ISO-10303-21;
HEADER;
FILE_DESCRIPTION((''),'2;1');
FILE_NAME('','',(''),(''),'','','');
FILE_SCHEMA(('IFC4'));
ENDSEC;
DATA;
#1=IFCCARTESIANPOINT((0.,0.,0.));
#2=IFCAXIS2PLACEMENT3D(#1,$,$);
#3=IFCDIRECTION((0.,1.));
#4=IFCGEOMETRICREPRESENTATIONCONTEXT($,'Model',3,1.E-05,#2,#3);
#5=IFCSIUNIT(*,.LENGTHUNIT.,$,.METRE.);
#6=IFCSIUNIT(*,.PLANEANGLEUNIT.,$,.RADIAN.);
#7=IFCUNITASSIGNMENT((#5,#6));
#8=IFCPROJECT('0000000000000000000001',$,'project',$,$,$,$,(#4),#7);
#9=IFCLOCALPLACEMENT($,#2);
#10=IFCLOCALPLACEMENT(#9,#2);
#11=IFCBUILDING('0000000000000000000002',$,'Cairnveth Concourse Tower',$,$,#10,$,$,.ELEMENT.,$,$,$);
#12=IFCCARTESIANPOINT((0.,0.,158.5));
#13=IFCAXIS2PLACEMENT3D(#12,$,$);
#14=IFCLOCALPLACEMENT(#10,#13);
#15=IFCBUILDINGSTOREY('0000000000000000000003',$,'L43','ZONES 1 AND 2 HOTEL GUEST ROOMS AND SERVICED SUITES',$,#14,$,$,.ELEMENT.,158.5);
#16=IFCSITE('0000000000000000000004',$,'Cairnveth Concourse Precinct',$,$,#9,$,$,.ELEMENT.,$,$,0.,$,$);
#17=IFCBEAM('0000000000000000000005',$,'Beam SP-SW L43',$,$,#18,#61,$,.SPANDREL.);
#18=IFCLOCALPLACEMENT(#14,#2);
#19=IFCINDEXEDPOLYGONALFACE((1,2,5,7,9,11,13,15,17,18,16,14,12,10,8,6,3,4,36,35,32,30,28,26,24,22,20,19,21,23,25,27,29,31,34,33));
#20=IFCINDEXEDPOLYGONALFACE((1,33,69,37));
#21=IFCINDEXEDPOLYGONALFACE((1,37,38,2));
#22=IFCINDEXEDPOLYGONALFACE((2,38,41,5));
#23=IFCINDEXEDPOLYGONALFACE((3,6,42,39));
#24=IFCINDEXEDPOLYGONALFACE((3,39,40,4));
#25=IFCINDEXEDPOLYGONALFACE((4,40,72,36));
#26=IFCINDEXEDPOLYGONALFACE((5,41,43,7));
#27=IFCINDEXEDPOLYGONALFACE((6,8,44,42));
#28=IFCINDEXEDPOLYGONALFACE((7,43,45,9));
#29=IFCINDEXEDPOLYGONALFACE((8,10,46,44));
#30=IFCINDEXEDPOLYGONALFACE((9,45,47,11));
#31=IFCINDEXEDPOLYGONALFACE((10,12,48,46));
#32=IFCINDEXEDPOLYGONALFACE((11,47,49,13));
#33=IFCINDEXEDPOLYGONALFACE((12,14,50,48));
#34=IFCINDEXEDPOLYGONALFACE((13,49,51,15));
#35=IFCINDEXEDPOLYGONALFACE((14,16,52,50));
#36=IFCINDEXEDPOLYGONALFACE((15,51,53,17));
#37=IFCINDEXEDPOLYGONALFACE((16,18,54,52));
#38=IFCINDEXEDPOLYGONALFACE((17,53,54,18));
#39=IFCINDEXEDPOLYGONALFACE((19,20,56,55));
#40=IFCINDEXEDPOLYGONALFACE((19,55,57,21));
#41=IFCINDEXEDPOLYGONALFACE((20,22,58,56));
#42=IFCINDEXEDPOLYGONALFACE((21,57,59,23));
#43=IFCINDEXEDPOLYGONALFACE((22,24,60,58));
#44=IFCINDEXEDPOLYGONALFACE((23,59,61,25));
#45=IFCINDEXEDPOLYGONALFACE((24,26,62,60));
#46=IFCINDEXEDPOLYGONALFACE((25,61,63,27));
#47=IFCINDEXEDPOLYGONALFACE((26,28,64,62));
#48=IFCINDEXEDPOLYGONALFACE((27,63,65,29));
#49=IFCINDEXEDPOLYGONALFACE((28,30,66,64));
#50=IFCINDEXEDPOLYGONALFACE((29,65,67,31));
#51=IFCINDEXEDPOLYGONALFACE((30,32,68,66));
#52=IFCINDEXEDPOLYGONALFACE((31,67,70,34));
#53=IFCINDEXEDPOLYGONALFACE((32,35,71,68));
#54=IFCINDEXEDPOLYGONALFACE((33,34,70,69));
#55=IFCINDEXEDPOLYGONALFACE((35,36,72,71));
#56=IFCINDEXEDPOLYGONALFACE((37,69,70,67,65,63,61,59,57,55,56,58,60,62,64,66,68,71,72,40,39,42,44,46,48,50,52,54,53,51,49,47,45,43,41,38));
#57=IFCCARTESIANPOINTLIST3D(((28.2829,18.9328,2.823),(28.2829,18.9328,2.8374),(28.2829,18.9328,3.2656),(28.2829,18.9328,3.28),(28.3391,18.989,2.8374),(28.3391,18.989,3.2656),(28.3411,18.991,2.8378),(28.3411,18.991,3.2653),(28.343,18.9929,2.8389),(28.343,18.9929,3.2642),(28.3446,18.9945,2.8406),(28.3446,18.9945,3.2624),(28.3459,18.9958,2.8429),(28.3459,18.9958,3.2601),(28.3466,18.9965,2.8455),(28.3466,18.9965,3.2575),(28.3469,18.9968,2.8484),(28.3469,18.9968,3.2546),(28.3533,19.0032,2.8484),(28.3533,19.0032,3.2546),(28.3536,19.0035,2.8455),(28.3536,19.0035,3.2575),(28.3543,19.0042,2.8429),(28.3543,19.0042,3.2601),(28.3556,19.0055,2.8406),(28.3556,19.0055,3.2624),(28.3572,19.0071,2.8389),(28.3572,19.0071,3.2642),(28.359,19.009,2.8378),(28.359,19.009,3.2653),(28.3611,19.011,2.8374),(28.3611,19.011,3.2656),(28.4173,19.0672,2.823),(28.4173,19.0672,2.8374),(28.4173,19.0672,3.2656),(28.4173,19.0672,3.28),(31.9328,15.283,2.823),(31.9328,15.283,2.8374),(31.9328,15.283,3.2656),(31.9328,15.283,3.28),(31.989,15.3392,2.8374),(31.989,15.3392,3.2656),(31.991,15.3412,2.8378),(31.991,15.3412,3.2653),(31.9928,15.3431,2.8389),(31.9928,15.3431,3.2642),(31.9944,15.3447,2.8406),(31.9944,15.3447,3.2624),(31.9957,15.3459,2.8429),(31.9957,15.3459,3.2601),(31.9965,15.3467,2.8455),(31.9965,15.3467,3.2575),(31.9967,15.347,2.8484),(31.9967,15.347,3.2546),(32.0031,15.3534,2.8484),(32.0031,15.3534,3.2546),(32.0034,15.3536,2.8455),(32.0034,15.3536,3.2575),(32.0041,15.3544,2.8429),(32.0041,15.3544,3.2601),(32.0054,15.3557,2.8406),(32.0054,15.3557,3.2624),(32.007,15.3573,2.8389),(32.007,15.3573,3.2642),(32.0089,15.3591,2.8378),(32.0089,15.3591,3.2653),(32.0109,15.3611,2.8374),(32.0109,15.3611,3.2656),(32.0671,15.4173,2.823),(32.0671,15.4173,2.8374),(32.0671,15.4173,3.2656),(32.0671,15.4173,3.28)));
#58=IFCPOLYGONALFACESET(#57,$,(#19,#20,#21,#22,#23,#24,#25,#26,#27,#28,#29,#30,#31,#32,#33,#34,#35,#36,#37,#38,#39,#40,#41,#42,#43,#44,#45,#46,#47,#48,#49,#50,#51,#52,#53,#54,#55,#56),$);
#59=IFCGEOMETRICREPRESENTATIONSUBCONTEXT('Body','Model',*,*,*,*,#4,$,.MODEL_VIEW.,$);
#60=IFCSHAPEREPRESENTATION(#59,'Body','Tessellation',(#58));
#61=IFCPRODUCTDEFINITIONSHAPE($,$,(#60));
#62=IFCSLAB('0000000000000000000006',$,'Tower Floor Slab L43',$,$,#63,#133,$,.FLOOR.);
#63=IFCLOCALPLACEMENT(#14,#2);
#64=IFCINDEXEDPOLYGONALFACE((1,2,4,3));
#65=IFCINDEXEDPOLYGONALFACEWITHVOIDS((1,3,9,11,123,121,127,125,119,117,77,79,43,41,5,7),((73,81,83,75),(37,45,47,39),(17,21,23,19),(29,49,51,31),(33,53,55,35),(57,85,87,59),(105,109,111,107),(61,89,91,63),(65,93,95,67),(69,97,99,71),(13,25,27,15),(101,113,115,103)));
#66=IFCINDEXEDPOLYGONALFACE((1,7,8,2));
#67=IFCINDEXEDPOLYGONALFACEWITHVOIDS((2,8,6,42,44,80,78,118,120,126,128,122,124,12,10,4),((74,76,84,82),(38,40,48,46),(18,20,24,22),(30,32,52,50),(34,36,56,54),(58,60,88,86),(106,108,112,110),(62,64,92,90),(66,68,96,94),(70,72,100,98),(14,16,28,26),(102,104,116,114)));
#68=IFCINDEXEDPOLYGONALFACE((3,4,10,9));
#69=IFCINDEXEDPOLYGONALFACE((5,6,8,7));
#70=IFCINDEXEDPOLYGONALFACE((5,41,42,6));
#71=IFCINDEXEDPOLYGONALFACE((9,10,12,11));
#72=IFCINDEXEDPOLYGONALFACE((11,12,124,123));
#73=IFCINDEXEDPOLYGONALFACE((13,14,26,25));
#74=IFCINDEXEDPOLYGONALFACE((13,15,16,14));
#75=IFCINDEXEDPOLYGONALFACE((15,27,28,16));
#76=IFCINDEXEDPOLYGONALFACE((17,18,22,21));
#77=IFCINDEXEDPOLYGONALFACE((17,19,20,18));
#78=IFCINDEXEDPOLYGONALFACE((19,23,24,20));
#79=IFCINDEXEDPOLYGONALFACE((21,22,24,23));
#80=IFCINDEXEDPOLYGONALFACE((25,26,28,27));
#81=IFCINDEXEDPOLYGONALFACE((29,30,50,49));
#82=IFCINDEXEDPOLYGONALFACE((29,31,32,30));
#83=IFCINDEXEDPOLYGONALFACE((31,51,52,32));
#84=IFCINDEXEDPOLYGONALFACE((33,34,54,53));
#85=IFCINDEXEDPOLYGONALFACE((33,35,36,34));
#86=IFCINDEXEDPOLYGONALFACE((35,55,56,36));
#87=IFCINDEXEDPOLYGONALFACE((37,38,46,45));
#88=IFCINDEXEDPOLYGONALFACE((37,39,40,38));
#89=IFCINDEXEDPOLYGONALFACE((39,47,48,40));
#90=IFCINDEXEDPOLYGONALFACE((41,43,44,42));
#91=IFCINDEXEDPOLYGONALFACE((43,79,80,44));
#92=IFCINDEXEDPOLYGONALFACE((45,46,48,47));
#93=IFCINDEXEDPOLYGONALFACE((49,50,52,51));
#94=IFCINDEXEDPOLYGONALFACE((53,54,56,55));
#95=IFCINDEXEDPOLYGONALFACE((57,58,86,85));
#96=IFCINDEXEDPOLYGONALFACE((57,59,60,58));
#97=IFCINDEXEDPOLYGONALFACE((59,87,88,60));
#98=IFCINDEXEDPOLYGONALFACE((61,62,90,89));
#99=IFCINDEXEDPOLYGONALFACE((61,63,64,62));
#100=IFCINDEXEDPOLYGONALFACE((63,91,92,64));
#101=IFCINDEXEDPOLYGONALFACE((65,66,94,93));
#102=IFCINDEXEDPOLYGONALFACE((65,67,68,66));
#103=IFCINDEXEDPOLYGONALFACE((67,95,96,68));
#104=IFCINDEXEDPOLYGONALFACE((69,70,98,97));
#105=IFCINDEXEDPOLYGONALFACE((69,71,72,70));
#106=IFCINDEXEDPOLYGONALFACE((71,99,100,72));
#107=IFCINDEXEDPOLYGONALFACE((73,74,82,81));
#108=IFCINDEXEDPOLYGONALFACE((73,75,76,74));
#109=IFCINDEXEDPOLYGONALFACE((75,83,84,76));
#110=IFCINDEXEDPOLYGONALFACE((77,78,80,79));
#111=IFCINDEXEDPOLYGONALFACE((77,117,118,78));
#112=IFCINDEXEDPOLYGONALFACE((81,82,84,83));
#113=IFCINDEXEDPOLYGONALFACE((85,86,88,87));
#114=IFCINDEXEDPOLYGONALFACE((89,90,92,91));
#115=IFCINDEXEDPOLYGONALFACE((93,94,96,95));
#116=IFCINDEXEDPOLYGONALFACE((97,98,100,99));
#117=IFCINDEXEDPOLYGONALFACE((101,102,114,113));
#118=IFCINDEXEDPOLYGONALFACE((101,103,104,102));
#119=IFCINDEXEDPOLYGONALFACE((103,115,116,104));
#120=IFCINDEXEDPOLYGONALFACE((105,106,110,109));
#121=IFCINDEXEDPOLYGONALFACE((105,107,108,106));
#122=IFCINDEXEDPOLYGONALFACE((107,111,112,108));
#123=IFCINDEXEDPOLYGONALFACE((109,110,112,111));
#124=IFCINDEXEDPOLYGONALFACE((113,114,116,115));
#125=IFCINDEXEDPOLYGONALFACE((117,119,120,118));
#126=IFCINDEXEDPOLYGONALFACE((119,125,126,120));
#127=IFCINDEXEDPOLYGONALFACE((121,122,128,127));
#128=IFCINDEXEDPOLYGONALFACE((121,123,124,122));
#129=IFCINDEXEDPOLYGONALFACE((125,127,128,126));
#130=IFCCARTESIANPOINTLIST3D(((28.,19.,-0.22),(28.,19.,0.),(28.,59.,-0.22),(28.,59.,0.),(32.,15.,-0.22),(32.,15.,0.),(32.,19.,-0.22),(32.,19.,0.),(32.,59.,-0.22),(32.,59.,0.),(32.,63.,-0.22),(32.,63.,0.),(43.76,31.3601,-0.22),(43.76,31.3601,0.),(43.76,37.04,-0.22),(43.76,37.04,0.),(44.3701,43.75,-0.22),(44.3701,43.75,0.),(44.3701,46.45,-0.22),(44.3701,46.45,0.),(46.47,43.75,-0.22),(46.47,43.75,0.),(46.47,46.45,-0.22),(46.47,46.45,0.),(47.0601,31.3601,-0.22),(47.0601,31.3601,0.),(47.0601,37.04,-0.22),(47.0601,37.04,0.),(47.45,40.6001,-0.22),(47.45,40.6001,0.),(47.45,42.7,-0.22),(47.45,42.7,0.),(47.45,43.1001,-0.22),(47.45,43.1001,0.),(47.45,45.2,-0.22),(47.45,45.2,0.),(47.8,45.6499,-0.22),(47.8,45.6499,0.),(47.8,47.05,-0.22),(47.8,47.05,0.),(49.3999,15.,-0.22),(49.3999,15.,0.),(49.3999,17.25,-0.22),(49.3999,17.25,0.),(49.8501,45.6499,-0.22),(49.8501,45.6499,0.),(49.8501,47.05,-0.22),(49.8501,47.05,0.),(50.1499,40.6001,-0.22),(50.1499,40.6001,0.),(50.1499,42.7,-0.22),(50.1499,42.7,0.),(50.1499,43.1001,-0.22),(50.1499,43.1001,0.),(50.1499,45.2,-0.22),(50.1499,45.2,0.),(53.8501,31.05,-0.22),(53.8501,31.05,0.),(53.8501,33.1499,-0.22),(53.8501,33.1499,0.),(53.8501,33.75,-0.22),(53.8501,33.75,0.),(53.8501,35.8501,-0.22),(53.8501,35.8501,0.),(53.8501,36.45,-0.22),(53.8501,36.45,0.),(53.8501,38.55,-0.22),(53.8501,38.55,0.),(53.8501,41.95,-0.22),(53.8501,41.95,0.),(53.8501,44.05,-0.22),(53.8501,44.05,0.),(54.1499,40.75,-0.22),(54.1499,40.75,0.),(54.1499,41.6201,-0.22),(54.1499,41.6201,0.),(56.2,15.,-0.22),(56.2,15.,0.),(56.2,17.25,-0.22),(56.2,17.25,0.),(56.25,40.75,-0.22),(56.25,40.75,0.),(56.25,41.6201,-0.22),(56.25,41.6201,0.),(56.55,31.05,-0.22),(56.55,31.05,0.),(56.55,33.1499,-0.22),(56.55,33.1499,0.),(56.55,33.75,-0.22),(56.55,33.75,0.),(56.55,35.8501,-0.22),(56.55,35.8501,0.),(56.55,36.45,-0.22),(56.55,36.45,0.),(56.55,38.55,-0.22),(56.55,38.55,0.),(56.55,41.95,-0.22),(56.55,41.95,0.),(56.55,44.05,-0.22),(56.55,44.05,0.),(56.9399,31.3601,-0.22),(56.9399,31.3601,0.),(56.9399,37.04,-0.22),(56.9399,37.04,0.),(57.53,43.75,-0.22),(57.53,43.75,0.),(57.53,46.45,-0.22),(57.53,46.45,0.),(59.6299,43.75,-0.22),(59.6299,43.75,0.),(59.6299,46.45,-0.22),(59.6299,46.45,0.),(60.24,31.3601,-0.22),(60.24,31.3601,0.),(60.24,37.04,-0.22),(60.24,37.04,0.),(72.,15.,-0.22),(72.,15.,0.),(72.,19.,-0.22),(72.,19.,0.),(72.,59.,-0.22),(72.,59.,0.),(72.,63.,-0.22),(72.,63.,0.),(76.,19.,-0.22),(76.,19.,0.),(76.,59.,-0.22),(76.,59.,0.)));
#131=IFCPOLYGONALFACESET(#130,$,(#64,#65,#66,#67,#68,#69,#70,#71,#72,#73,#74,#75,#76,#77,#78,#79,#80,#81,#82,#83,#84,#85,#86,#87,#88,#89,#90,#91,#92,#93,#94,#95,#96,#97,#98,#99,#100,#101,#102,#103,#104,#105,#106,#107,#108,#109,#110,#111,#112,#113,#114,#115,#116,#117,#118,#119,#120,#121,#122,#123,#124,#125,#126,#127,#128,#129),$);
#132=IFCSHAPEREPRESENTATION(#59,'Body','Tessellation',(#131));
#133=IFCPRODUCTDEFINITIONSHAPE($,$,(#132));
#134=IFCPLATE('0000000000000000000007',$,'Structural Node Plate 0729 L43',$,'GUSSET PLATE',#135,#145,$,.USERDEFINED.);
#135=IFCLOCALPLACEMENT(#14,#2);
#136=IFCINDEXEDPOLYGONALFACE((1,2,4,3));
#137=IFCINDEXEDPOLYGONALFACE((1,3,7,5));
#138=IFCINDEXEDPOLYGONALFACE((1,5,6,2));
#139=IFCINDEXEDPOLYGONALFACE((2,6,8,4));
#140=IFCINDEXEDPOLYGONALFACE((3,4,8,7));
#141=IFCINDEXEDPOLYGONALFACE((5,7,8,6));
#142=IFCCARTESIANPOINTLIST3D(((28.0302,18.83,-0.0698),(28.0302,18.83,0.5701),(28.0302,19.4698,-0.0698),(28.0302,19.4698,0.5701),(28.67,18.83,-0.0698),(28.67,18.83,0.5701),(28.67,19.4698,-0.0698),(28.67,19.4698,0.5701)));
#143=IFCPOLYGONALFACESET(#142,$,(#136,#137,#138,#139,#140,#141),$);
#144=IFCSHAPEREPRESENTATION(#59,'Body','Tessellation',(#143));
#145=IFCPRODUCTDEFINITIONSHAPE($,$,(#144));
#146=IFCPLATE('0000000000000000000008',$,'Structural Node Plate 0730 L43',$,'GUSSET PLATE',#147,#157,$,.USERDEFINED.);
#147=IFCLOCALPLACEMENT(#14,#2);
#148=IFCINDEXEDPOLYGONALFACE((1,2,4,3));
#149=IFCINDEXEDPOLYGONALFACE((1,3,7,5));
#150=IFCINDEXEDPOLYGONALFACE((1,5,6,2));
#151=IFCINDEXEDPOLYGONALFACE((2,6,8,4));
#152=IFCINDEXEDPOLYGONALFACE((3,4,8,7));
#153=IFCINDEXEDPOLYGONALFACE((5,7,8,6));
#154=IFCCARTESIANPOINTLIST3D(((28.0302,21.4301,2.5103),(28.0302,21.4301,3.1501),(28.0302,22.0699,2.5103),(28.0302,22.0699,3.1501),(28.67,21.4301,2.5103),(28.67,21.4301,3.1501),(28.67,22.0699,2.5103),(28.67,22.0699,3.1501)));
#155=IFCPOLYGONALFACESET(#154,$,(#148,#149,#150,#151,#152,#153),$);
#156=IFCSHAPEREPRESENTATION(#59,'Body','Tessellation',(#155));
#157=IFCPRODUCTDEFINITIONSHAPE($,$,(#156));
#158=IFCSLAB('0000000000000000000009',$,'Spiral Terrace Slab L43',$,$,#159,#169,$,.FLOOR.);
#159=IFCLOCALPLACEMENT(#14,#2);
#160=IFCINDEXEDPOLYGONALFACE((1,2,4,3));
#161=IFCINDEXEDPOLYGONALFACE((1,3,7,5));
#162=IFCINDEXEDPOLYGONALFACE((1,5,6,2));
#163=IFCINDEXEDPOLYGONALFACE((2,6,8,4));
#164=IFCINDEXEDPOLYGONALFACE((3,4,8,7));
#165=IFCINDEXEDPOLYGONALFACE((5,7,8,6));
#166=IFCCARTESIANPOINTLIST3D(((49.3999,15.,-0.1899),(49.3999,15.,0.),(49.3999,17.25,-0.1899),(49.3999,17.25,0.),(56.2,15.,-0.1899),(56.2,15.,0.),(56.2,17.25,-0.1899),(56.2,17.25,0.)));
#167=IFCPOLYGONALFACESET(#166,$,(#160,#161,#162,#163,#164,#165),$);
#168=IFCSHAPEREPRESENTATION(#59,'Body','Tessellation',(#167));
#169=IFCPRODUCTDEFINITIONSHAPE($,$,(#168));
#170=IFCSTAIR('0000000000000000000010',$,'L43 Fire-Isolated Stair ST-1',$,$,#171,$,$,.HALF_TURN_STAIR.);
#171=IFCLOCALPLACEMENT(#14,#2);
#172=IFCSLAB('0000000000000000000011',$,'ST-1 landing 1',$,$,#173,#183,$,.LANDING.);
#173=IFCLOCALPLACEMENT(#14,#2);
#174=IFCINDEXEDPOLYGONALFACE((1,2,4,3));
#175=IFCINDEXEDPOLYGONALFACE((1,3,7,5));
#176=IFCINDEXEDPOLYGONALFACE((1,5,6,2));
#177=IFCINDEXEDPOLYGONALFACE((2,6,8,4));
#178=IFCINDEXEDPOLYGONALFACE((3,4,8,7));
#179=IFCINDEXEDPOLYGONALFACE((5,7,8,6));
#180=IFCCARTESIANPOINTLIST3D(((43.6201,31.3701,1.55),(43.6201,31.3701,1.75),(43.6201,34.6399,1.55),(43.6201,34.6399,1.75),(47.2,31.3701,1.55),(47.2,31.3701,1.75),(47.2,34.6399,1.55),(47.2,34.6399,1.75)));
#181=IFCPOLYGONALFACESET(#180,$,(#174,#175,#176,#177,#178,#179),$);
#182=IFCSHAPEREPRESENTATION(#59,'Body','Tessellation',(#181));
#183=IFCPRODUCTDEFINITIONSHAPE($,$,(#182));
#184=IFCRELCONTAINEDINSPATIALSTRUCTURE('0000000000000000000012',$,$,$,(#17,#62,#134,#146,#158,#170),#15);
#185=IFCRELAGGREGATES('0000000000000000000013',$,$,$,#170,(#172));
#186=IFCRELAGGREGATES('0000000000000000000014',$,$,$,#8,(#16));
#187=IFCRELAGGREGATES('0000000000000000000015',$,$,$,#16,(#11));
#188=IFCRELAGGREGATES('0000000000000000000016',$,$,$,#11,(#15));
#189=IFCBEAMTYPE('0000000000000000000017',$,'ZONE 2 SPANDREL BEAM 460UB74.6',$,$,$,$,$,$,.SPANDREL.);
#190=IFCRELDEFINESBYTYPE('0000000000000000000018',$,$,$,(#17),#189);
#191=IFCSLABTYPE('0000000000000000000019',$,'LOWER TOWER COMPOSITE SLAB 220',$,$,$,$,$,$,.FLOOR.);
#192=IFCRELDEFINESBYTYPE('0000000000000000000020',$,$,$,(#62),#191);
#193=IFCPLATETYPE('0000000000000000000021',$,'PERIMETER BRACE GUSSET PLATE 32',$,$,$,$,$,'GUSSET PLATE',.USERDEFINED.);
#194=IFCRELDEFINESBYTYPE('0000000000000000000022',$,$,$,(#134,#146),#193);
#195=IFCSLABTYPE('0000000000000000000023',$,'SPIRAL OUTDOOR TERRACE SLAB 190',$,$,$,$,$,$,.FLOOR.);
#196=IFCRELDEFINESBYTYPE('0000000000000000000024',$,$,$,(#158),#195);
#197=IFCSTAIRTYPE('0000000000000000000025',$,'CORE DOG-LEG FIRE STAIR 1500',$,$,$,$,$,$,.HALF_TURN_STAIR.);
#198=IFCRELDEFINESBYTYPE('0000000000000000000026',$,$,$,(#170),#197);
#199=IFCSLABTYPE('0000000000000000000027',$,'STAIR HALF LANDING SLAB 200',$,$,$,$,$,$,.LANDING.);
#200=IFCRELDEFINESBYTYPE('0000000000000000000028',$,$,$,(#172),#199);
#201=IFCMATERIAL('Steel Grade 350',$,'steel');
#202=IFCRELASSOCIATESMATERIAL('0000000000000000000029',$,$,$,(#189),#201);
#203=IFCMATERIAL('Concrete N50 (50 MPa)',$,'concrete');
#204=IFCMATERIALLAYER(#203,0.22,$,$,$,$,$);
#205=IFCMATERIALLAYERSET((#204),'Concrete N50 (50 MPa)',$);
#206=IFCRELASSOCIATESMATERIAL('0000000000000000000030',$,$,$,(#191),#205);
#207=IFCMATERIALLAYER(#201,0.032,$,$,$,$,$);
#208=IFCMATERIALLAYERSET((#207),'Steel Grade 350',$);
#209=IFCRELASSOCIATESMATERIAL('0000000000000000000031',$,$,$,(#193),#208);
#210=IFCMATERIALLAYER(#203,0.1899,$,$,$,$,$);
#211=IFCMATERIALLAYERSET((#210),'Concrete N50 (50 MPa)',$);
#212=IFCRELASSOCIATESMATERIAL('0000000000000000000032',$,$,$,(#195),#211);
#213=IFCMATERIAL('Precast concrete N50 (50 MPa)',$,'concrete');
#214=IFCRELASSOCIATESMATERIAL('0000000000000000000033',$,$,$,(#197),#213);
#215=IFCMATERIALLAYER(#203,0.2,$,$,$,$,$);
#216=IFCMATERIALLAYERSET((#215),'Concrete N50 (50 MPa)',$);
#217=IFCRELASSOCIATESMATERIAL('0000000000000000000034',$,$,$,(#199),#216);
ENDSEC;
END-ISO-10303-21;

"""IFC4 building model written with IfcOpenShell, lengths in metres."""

from ifc_helpers import new_model, si_unit, direction, frame, origin, origin_2d, place, context, subcontext, project, spatial, polyline, rectangle, i_section, outline, extrude, material, layer, layer_set, material_profile, profile_set, type_object, element, aggregate, save


model = new_model("IFC4")

# Units and contexts
model_context = context("Model", 3, precision=1e-05, world=origin(), true_north=direction((0.0, 1.0)))
body_context = subcontext(model_context, "Body", "Model", "MODEL_VIEW")
ifc_project = project(units=[si_unit("LENGTHUNIT", "METRE"), si_unit("PLANEANGLEUNIT", "RADIAN")], contexts=[model_context])

# Site, building, storey
site_placement = place(None, origin())
site = spatial("IfcSite", under=ifc_project, at=site_placement, Name="Cairnveth Concourse Precinct", CompositionType="ELEMENT", RefElevation=0.0)
building_placement = place(site_placement, origin())
building = spatial("IfcBuilding", under=site, at=building_placement, Name="Cairnveth Concourse Tower", CompositionType="ELEMENT")
storey_placement = place(building_placement, frame((0.0, 0.0, 158.5)))
storey = spatial("IfcBuildingStorey", under=building, at=storey_placement, Name="L43", Description="ZONES 1 AND 2 HOTEL GUEST ROOMS AND SERVICED SUITES", CompositionType="ELEMENT", Elevation=158.5)

# Shared definitions
ifc_material_1 = material(Name="Steel Grade 350", Category="steel")

# Beam
ifc_material_profile_1 = material_profile(ifc_material_1, i_section(OverallWidth=0.1899, OverallDepth=0.457, WebThickness=0.009, FlangeThickness=0.0144, FilletRadius=0.011, at=origin_2d()), Name="460UB74.6")
ifc_profile_set_1 = profile_set([ifc_material_profile_1], Name="Steel Grade 350")
beam_type_1 = type_object("IfcBeamType", Name="ZONE 2 SPANDREL BEAM 460UB74.6", PredefinedType="SPANDREL", material=ifc_profile_set_1)
beam_1_placement = place(storey_placement, frame((28.3501, 19.0, 3.0515), z_axis=(0.707107, -0.707107, 0.0), x_axis=(0.707107, 0.707107, 0.0)))
element("IfcBeam", 1, at=beam_1_placement, inside=storey, type_object=beam_type_1, Name="Beam SP-SW L43", PredefinedType="SPANDREL", context=body_context, shape_type="SweptSolid", body=[
    extrude(i_section(OverallWidth=0.1899, OverallDepth=0.457, WebThickness=0.009, FlangeThickness=0.0144, FilletRadius=0.011, at=origin_2d()), origin(), (0.0, 0.0, 1.0), 5.1616),
])

# Slab
ifc_material_2 = material(Name="Concrete N50 (50 MPa)", Category="concrete")
ifc_layer_1 = layer(ifc_material_2, 0.22)
ifc_layer_set_1 = layer_set([ifc_layer_1], Name="Concrete N50 (50 MPa)")
slab_type_1 = type_object("IfcSlabType", Name="LOWER TOWER COMPOSITE SLAB 220", PredefinedType="FLOOR", material=ifc_layer_set_1)
slab_1_placement = place(storey_placement, frame((0.0, 0.0, -0.22)))
element("IfcSlab", 2, at=slab_1_placement, inside=storey, type_object=slab_type_1, Name="Tower Floor Slab L43", PredefinedType="FLOOR", context=body_context, shape_type="SweptSolid", body=[
    extrude(outline(polyline([(49.3999, 15.0), (49.3999, 17.25), (56.2, 17.25), (56.2, 15.0), (72.0, 15.0), (72.0, 19.0), (76.0, 19.0), (76.0, 59.0), (72.0, 59.0), (72.0, 63.0), (32.0, 63.0), (32.0, 59.0), (28.0, 59.0), (28.0, 19.0), (32.0, 19.0), (32.0, 15.0), (49.3999, 15.0)]), holes=[polyline([(43.76, 31.3601), (47.0601, 31.3601), (47.0601, 37.04), (43.76, 37.04), (43.76, 31.3601)]), polyline([(56.9399, 31.3601), (60.24, 31.3601), (60.24, 37.04), (56.9399, 37.04), (56.9399, 31.3601)]), polyline([(44.3701, 43.75), (46.47, 43.75), (46.47, 46.45), (44.3701, 46.45), (44.3701, 43.75)]), polyline([(57.53, 43.75), (59.6299, 43.75), (59.6299, 46.45), (57.53, 46.45), (57.53, 43.75)]), polyline([(53.8501, 31.05), (56.55, 31.05), (56.55, 33.1499), (53.8501, 33.1499), (53.8501, 31.05)]), polyline([(53.8501, 33.75), (56.55, 33.75), (56.55, 35.8501), (53.8501, 35.8501), (53.8501, 33.75)]), polyline([(53.8501, 36.45), (56.55, 36.45), (56.55, 38.55), (53.8501, 38.55), (53.8501, 36.45)]), polyline([(47.45, 40.6001), (50.1499, 40.6001), (50.1499, 42.7), (47.45, 42.7), (47.45, 40.6001)]), polyline([(47.45, 43.1001), (50.1499, 43.1001), (50.1499, 45.2), (47.45, 45.2), (47.45, 43.1001)]), polyline([(53.8501, 41.95), (56.55, 41.95), (56.55, 44.05), (53.8501, 44.05), (53.8501, 41.95)]), polyline([(47.8, 45.6499), (49.8501, 45.6499), (49.8501, 47.05), (47.8, 47.05), (47.8, 45.6499)]), polyline([(54.1499, 40.75), (56.25, 40.75), (56.25, 41.6201), (54.1499, 41.6201), (54.1499, 40.75)])]), origin(), (0.0, 0.0, 1.0), 0.22),
])

# Plates
ifc_layer_2 = layer(ifc_material_1, 0.032)
ifc_layer_set_2 = layer_set([ifc_layer_2], Name="Steel Grade 350")
plate_type = type_object("IfcPlateType", Name="PERIMETER BRACE GUSSET PLATE 32", ElementType="GUSSET PLATE", PredefinedType="USERDEFINED", material=ifc_layer_set_2)
for number, where, z_axis, x_axis, name in (
    (3, (28.3501, 19.1499, -0.0698), (0.0, 0.0, 1.0), (1.0, 0.0, 0.0), "Structural Node Plate 0729 L43"),
    (4, (28.3501, 21.75, 2.5103), (0.0, 0.0, 1.0), (1.0, 0.0, 0.0), "Structural Node Plate 0730 L43"),
):
    element("IfcPlate", number, at=place(storey_placement, frame(where, z_axis=z_axis, x_axis=x_axis)), inside=storey, type_object=plate_type, Name=name, ObjectType="GUSSET PLATE", PredefinedType="USERDEFINED", context=body_context, shape_type="SweptSolid", body=[
        extrude(rectangle(XDim=0.6399, YDim=0.6399, at=origin_2d()), origin(), (0.0, 0.0, 1.0), 0.6399),
    ])

# Slab
ifc_layer_3 = layer(ifc_material_2, 0.1899)
ifc_layer_set_3 = layer_set([ifc_layer_3], Name="Concrete N50 (50 MPa)")
slab_type_2 = type_object("IfcSlabType", Name="SPIRAL OUTDOOR TERRACE SLAB 190", PredefinedType="FLOOR", material=ifc_layer_set_3)
slab_2_placement = place(storey_placement, frame((0.0, 0.0, -0.1899)))
element("IfcSlab", 5, at=slab_2_placement, inside=storey, type_object=slab_type_2, Name="Spiral Terrace Slab L43", PredefinedType="FLOOR", context=body_context, shape_type="SweptSolid", body=[
    extrude(outline(polyline([(49.3999, 15.0), (56.2, 15.0), (56.2, 17.25), (49.3999, 17.25), (49.3999, 15.0)])), origin(), (0.0, 0.0, 1.0), 0.1899),
])

# Stair, slab
ifc_material_3 = material(Name="Precast concrete N50 (50 MPa)", Category="concrete")
stair_type = type_object("IfcStairType", Name="CORE DOG-LEG FIRE STAIR 1500", PredefinedType="HALF_TURN_STAIR", material=ifc_material_3)
stair_1_placement = place(storey_placement, origin())
stair_1 = element("IfcStair", 6, at=stair_1_placement, inside=storey, type_object=stair_type, Name="L43 Fire-Isolated Stair ST-1", PredefinedType="HALF_TURN_STAIR")
ifc_layer_4 = layer(ifc_material_2, 0.2)
ifc_layer_set_4 = layer_set([ifc_layer_4], Name="Concrete N50 (50 MPa)")
slab_type_3 = type_object("IfcSlabType", Name="STAIR HALF LANDING SLAB 200", PredefinedType="LANDING", material=ifc_layer_set_4)
slab_3_placement = place(storey_placement, frame((0.0, 0.0, 1.55)))
slab_3 = element("IfcSlab", 7, at=slab_3_placement, type_object=slab_type_3, Name="ST-1 landing 1", PredefinedType="LANDING", context=body_context, shape_type="SweptSolid", body=[
    extrude(outline(polyline([(43.6201, 34.6399), (43.6201, 31.3701), (47.2, 31.3701), (47.2, 34.6399), (43.6201, 34.6399)])), origin(), (0.0, 0.0, 1.0), 0.2),
])
aggregate(stair_1, [slab_3])

save(model, "model.ifc")
